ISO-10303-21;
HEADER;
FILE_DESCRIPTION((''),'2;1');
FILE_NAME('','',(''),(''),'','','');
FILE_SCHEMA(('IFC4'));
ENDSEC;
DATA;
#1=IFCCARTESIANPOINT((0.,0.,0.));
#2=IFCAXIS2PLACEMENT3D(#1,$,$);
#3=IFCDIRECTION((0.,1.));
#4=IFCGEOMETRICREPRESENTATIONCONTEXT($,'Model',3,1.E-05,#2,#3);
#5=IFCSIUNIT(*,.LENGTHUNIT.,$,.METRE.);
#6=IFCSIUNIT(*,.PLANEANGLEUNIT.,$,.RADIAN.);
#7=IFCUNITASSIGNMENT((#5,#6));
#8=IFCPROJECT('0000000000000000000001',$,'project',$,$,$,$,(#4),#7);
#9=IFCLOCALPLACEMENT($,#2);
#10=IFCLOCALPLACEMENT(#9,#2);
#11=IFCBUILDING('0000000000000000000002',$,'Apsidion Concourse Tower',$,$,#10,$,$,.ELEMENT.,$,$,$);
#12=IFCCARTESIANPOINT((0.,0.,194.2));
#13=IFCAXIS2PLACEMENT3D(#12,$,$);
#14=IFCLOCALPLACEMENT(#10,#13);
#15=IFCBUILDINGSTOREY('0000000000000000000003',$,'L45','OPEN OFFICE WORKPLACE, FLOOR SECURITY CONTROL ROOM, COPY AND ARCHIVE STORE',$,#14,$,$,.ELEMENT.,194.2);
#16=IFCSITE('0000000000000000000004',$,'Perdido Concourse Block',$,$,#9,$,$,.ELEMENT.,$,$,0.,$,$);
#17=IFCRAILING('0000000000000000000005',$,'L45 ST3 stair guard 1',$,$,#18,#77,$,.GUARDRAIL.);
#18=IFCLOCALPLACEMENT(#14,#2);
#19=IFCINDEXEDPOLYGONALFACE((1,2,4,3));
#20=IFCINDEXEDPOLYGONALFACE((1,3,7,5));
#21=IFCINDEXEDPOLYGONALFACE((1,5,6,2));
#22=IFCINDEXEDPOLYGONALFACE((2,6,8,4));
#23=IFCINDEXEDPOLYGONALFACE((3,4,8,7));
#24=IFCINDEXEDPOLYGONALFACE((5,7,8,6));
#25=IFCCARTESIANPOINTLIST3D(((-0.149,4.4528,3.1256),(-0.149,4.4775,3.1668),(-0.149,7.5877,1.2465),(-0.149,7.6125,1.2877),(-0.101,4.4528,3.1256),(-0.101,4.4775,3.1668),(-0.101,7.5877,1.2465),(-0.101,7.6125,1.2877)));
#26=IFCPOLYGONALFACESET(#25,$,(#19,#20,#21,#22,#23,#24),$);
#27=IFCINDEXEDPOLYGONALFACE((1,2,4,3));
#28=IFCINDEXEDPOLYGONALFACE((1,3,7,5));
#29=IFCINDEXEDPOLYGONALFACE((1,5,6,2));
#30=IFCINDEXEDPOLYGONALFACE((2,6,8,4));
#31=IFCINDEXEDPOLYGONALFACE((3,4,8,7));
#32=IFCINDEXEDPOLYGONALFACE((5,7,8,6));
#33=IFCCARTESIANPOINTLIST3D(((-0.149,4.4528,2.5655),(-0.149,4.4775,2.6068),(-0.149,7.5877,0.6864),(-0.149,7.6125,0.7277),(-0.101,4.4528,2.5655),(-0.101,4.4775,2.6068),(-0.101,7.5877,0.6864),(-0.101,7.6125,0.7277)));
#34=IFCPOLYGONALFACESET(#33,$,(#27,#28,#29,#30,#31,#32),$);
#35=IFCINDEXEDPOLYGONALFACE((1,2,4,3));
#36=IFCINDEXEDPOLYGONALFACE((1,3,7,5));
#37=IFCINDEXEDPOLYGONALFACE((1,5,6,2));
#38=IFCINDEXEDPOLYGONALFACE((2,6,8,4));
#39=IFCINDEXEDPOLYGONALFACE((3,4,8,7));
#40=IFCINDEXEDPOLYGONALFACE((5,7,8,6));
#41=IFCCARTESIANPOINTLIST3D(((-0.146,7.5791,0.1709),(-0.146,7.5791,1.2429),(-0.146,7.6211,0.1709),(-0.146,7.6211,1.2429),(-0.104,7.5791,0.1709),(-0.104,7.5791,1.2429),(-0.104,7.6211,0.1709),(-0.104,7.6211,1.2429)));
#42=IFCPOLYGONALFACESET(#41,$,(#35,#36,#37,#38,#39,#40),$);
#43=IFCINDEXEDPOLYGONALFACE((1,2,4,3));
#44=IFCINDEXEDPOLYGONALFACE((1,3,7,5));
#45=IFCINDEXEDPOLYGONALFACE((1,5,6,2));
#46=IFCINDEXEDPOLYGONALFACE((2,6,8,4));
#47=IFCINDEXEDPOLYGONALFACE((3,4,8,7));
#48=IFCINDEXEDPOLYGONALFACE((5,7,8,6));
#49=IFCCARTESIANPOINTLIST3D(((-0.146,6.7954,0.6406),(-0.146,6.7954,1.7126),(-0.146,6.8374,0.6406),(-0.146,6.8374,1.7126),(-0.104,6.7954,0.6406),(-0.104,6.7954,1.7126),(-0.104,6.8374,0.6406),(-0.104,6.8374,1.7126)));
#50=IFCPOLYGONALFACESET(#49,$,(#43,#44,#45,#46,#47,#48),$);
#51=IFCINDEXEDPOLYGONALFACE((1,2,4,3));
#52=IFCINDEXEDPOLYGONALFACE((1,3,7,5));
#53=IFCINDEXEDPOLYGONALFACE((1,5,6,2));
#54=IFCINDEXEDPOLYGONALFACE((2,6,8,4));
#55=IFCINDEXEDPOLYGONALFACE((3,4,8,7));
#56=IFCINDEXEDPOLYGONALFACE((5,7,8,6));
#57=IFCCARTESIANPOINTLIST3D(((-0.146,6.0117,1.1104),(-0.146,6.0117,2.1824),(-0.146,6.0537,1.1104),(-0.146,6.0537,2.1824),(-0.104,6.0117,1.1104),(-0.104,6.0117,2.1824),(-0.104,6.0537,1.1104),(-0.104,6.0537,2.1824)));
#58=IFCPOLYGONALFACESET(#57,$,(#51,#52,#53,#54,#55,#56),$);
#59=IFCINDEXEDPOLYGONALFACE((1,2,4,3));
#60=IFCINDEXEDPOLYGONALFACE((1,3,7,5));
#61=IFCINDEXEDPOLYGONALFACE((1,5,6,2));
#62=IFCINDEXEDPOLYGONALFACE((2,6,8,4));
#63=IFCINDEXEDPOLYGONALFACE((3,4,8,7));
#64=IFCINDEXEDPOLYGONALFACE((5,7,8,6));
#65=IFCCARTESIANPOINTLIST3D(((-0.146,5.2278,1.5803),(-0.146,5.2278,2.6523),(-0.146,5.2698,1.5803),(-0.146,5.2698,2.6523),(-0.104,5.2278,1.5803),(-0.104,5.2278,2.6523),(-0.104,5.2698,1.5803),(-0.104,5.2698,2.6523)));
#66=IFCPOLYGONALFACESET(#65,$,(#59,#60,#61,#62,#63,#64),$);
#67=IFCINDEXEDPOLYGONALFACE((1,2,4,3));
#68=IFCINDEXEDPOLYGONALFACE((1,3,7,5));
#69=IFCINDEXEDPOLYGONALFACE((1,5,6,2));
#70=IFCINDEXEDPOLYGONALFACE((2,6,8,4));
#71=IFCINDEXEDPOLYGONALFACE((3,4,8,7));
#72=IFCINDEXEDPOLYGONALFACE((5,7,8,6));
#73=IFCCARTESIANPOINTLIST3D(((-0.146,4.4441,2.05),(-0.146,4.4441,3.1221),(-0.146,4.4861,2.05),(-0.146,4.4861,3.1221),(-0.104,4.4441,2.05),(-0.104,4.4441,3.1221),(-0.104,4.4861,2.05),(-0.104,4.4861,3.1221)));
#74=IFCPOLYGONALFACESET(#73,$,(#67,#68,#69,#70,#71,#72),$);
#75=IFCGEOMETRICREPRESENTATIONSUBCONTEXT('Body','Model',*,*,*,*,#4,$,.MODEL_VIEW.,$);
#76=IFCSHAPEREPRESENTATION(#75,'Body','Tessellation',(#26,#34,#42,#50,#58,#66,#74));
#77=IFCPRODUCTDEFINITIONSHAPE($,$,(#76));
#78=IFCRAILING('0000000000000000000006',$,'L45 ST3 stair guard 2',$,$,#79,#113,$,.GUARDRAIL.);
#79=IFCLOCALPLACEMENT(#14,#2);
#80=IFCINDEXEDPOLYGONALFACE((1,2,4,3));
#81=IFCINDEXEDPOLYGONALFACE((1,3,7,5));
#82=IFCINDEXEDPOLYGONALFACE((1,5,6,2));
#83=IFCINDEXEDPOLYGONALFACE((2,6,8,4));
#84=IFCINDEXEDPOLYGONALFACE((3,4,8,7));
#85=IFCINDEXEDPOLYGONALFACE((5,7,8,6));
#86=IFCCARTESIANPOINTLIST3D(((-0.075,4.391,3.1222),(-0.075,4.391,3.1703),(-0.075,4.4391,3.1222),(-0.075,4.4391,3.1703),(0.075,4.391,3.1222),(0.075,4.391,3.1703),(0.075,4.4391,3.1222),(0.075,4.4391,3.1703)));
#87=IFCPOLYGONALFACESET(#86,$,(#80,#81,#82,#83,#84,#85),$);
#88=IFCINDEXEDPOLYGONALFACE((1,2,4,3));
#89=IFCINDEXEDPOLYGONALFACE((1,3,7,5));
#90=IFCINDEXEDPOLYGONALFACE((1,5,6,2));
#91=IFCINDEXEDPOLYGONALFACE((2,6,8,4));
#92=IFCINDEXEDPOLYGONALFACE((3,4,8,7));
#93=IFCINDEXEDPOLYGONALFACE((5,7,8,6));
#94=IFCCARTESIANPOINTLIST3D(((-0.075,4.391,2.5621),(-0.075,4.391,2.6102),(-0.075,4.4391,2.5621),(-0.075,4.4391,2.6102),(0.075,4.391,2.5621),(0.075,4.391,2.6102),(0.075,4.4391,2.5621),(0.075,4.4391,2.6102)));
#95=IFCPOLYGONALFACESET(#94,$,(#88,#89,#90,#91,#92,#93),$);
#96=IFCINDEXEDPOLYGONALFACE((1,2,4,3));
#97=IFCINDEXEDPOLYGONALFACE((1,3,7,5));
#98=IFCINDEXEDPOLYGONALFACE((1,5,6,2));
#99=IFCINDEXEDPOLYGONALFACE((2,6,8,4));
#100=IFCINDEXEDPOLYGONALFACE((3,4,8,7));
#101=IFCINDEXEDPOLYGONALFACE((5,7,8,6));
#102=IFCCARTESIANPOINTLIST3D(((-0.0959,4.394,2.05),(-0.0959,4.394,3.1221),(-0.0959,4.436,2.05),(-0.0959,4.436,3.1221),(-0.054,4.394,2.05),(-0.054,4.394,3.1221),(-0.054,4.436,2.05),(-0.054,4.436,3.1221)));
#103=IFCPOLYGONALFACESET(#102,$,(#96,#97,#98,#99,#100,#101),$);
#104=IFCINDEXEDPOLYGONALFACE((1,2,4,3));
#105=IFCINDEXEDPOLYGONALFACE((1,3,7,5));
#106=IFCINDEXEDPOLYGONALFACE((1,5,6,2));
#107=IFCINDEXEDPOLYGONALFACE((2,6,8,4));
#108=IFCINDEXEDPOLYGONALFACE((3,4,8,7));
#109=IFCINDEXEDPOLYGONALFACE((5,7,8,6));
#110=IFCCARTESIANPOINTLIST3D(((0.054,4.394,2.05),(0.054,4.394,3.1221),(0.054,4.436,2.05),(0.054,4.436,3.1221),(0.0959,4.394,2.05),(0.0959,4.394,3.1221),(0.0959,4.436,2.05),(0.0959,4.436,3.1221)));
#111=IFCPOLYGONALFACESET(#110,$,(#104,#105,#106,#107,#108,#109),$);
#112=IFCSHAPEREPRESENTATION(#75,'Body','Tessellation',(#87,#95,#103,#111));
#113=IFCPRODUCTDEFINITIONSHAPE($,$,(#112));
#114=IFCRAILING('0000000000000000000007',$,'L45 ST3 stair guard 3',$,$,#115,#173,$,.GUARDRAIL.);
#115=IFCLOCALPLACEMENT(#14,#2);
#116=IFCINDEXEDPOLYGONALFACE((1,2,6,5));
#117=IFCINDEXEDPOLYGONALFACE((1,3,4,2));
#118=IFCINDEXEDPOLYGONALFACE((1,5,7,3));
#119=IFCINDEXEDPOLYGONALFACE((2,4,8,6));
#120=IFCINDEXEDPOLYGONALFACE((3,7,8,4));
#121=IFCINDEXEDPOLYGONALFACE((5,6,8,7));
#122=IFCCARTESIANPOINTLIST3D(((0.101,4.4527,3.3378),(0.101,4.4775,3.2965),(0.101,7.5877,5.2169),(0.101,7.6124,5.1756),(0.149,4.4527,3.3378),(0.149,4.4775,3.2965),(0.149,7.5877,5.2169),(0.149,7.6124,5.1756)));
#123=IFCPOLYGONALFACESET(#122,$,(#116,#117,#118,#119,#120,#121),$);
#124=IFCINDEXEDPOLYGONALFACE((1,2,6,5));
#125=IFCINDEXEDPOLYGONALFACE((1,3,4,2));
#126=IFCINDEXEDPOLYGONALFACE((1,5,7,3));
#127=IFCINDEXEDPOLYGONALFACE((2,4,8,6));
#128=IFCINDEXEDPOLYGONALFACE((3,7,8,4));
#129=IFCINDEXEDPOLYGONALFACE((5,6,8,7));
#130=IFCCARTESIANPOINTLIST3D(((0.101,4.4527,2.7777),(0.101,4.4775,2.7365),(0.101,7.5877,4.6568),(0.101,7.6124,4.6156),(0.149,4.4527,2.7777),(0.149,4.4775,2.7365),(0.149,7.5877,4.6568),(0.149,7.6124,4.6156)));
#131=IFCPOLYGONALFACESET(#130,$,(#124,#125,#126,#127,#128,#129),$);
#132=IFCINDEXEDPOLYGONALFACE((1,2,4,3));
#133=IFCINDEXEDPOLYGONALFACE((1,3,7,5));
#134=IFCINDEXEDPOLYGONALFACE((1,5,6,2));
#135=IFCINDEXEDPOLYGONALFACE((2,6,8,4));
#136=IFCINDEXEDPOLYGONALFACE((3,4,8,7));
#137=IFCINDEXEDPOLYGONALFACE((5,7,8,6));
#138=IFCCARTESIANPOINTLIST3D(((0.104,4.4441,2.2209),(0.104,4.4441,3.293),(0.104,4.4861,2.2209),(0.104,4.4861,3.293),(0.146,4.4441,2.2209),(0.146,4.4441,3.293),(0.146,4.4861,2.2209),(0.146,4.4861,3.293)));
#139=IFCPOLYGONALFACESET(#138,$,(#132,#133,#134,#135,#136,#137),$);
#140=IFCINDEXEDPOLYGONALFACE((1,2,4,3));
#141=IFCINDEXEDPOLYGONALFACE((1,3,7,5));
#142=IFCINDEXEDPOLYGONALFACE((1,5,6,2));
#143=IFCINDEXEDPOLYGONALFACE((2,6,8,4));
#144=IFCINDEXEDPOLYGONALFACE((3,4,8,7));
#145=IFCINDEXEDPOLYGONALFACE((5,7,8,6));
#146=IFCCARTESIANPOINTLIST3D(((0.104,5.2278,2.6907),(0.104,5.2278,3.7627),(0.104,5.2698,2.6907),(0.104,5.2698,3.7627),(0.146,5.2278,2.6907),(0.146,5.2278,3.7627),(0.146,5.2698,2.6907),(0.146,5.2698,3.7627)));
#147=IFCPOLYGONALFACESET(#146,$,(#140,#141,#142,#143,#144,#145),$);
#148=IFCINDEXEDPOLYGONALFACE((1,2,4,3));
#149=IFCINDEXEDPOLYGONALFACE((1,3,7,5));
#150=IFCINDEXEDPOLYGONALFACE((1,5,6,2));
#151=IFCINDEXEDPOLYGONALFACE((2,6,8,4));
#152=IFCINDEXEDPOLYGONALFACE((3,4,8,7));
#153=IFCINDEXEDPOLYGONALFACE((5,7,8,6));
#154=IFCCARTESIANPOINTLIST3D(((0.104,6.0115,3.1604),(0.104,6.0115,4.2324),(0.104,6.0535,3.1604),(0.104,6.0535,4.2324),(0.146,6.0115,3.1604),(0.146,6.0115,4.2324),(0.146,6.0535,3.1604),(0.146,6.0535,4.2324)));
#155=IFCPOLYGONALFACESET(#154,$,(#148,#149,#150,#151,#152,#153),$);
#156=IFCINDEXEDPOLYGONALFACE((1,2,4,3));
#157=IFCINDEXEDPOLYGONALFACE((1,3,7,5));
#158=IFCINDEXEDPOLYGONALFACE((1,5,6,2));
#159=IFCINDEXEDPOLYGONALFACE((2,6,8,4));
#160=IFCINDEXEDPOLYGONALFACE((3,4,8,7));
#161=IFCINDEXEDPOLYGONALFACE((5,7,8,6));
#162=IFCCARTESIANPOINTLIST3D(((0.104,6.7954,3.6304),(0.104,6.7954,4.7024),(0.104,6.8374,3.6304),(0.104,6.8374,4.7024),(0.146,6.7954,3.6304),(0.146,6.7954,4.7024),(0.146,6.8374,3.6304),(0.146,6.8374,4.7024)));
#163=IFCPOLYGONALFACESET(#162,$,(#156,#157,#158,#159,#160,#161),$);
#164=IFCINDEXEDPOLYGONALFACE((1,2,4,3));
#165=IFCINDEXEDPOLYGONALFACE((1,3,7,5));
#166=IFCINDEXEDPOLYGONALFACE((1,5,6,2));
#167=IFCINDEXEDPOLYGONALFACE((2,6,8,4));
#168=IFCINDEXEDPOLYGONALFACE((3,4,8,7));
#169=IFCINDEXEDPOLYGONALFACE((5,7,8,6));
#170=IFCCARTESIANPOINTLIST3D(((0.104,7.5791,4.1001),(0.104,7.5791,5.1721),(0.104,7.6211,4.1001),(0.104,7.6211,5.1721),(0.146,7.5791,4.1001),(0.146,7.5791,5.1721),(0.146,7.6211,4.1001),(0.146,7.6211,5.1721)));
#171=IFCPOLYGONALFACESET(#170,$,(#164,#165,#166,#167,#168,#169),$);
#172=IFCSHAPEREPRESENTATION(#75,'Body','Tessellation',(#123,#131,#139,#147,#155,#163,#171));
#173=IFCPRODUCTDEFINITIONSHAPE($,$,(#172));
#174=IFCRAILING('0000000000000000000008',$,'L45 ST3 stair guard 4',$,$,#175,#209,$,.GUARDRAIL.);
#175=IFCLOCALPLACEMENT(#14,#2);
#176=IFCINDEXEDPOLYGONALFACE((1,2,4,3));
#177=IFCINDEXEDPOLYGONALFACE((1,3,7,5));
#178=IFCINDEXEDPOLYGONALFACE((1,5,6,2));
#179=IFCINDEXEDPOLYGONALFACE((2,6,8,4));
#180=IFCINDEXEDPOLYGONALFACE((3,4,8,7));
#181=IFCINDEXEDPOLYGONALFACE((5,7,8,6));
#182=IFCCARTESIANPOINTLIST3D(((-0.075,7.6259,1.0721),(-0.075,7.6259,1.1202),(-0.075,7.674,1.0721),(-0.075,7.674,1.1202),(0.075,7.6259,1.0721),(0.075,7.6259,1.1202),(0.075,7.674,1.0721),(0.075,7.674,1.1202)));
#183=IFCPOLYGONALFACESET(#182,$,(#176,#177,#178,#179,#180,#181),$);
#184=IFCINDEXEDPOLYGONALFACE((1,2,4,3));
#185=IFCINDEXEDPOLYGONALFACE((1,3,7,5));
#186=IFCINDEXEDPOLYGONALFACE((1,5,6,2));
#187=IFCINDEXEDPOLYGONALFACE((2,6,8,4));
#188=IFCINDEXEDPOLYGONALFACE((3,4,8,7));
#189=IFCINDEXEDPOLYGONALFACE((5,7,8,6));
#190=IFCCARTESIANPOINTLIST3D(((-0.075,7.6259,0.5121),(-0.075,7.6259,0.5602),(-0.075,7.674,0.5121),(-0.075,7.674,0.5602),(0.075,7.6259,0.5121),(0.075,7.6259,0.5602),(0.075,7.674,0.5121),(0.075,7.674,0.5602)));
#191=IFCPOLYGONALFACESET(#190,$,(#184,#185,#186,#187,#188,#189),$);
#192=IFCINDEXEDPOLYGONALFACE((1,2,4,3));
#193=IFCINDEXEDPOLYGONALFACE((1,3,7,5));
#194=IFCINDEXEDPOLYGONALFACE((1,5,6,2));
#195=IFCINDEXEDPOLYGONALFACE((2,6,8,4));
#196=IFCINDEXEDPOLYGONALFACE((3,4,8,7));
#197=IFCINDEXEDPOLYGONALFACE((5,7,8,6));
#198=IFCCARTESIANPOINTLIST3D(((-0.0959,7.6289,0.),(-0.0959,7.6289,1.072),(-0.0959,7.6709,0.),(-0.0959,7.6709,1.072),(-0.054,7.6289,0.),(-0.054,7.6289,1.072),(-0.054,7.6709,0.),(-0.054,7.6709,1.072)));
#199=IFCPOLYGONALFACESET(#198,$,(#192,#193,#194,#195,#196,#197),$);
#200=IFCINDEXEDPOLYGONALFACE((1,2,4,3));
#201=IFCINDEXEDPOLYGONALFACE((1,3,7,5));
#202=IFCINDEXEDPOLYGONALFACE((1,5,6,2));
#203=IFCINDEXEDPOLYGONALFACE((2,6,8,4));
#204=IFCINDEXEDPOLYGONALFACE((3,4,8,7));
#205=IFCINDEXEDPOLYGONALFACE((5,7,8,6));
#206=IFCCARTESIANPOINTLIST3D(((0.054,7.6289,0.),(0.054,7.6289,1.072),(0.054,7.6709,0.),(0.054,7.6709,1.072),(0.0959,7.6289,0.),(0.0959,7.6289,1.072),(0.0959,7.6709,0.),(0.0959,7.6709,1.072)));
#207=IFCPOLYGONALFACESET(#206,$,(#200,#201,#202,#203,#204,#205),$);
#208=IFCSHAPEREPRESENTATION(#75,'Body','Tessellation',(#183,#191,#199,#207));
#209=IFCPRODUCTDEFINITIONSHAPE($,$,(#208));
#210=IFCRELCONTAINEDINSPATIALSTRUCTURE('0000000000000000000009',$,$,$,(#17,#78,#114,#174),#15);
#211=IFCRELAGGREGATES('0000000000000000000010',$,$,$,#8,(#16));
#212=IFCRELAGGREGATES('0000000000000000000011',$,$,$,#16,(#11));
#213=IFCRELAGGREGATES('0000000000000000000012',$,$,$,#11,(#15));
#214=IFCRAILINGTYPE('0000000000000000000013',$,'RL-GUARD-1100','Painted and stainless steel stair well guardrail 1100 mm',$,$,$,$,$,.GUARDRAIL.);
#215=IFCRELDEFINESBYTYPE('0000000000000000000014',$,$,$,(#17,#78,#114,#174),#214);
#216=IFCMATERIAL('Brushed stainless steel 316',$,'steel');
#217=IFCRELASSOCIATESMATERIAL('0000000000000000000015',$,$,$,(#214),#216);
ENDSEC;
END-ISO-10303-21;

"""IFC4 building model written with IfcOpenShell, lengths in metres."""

from ifc_helpers import new_model, si_unit, direction, frame, origin, origin_2d, place, context, subcontext, project, spatial, rectangle, extrude, material, type_object, element, save


model = new_model("IFC4")

# Units and contexts
model_context = context("Model", 3, precision=1e-05, world=origin(), true_north=direction((0.0, 1.0)))
body_context = subcontext(model_context, "Body", "Model", "MODEL_VIEW")
ifc_project = project(units=[si_unit("LENGTHUNIT", "METRE"), si_unit("PLANEANGLEUNIT", "RADIAN")], contexts=[model_context])

# Site, building, storey
site_placement = place(None, origin())
site = spatial("IfcSite", under=ifc_project, at=site_placement, Name="Perdido Concourse Block", CompositionType="ELEMENT", RefElevation=0.0)
building_placement = place(site_placement, origin())
building = spatial("IfcBuilding", under=site, at=building_placement, Name="Apsidion Concourse Tower", CompositionType="ELEMENT")
storey_placement = place(building_placement, frame((0.0, 0.0, 194.2)))
storey = spatial("IfcBuildingStorey", under=building, at=storey_placement, Name="L45", Description="OPEN OFFICE WORKPLACE, FLOOR SECURITY CONTROL ROOM, COPY AND ARCHIVE STORE", CompositionType="ELEMENT", Elevation=194.2)

# Railings
ifc_material_1 = material(Name="Brushed stainless steel 316", Category="steel")
railing_type_1 = type_object("IfcRailingType", Name="RL-GUARD-1100", Description="Painted and stainless steel stair well guardrail 1100 mm", PredefinedType="GUARDRAIL", material=ifc_material_1)
railing_1_placement = place(storey_placement, frame((-0.125, 7.6001, 0.1709)))
element("IfcRailing", 1, at=railing_1_placement, inside=storey, type_object=railing_type_1, Name="L45 ST3 stair guard 1", PredefinedType="GUARDRAIL", context=body_context, shape_type="SweptSolid", body=[
    extrude(rectangle(XDim=0.0481, YDim=0.0481, at=origin_2d()), frame((0.0, 0.0, 1.0962), z_axis=(0.0, -0.857717, 0.514122), x_axis=(1.0, 0.0, 0.0)), (0.0, 0.0, 1.0), 3.655),
    extrude(rectangle(XDim=0.0481, YDim=0.0481, at=origin_2d()), frame((0.0, 0.0, 0.5361), z_axis=(0.0, -0.857717, 0.514122), x_axis=(1.0, 0.0, 0.0)), (0.0, 0.0, 1.0), 3.655),
    extrude(rectangle(XDim=0.042, YDim=0.042, at=origin_2d()), origin(), (0.0, 0.0, 1.0), 1.072),
    extrude(rectangle(XDim=0.042, YDim=0.042, at=origin_2d()), frame((0.0, -0.7837, 0.4697)), (0.0, 0.0, 1.0), 1.072),
    extrude(rectangle(XDim=0.042, YDim=0.042, at=origin_2d()), frame((0.0, -1.5674, 0.9395)), (0.0, 0.0, 1.0), 1.072),
    extrude(rectangle(XDim=0.042, YDim=0.042, at=origin_2d()), frame((0.0, -2.3513, 1.4094)), (0.0, 0.0, 1.0), 1.072),
    extrude(rectangle(XDim=0.042, YDim=0.042, at=origin_2d()), frame((0.0, -3.135, 1.8792)), (0.0, 0.0, 1.0), 1.072),
])
railing_2_placement = place(storey_placement, frame((-0.075, 4.415, 2.05)))
element("IfcRailing", 2, at=railing_2_placement, inside=storey, type_object=railing_type_1, Name="L45 ST3 stair guard 2", PredefinedType="GUARDRAIL", context=body_context, shape_type="SweptSolid", body=[
    extrude(rectangle(XDim=0.0481, YDim=0.0481, at=origin_2d()), frame((0.0, 0.0, 1.0962), z_axis=(1.0, 0.0, 0.0), x_axis=(0.0, 1.0, 0.0)), (0.0, 0.0, 1.0), 0.1499),
    extrude(rectangle(XDim=0.0481, YDim=0.0481, at=origin_2d()), frame((0.0, 0.0, 0.5361), z_axis=(1.0, 0.0, 0.0), x_axis=(0.0, 1.0, 0.0)), (0.0, 0.0, 1.0), 0.1499),
    extrude(rectangle(XDim=0.042, YDim=0.042, at=origin_2d()), origin(), (0.0, 0.0, 1.0), 1.072),
    extrude(rectangle(XDim=0.042, YDim=0.042, at=origin_2d()), frame((0.1499, 0.0, 0.0)), (0.0, 0.0, 1.0), 1.072),
])
railing_3_placement = place(storey_placement, frame((0.125, 4.4651, 2.2209)))
element("IfcRailing", 3, at=railing_3_placement, inside=storey, type_object=railing_type_1, Name="L45 ST3 stair guard 3", PredefinedType="GUARDRAIL", context=body_context, shape_type="SweptSolid", body=[
    extrude(rectangle(XDim=0.0481, YDim=0.0481, at=origin_2d()), frame((0.0, 0.0, 1.0962), z_axis=(0.0, 0.857717, 0.514122), x_axis=(-1.0, 0.0, 0.0)), (0.0, 0.0, 1.0), 3.655),
    extrude(rectangle(XDim=0.0481, YDim=0.0481, at=origin_2d()), frame((0.0, 0.0, 0.5361), z_axis=(0.0, 0.857717, 0.514122), x_axis=(-1.0, 0.0, 0.0)), (0.0, 0.0, 1.0), 3.655),
    extrude(rectangle(XDim=0.042, YDim=0.042, at=origin_2d()), origin(), (0.0, 0.0, 1.0), 1.072),
    extrude(rectangle(XDim=0.042, YDim=0.042, at=origin_2d()), frame((0.0, 0.7837, 0.4697)), (0.0, 0.0, 1.0), 1.072),
    extrude(rectangle(XDim=0.042, YDim=0.042, at=origin_2d()), frame((0.0, 1.5674, 0.9395)), (0.0, 0.0, 1.0), 1.072),
    extrude(rectangle(XDim=0.042, YDim=0.042, at=origin_2d()), frame((0.0, 2.3513, 1.4094)), (0.0, 0.0, 1.0), 1.072),
    extrude(rectangle(XDim=0.042, YDim=0.042, at=origin_2d()), frame((0.0, 3.135, 1.8792)), (0.0, 0.0, 1.0), 1.072),
])
railing_4_placement = place(storey_placement, frame((-0.075, 7.6499, 0.0)))
element("IfcRailing", 4, at=railing_4_placement, inside=storey, type_object=railing_type_1, Name="L45 ST3 stair guard 4", PredefinedType="GUARDRAIL", context=body_context, shape_type="SweptSolid", body=[
    extrude(rectangle(XDim=0.0481, YDim=0.0481, at=origin_2d()), frame((0.0, 0.0, 1.0962), z_axis=(1.0, 0.0, 0.0), x_axis=(0.0, 1.0, 0.0)), (0.0, 0.0, 1.0), 0.1499),
    extrude(rectangle(XDim=0.0481, YDim=0.0481, at=origin_2d()), frame((0.0, 0.0, 0.5361), z_axis=(1.0, 0.0, 0.0), x_axis=(0.0, 1.0, 0.0)), (0.0, 0.0, 1.0), 0.1499),
    extrude(rectangle(XDim=0.042, YDim=0.042, at=origin_2d()), origin(), (0.0, 0.0, 1.0), 1.072),
    extrude(rectangle(XDim=0.042, YDim=0.042, at=origin_2d()), frame((0.1499, 0.0, 0.0)), (0.0, 0.0, 1.0), 1.072),
])

save(model, "model.ifc")
